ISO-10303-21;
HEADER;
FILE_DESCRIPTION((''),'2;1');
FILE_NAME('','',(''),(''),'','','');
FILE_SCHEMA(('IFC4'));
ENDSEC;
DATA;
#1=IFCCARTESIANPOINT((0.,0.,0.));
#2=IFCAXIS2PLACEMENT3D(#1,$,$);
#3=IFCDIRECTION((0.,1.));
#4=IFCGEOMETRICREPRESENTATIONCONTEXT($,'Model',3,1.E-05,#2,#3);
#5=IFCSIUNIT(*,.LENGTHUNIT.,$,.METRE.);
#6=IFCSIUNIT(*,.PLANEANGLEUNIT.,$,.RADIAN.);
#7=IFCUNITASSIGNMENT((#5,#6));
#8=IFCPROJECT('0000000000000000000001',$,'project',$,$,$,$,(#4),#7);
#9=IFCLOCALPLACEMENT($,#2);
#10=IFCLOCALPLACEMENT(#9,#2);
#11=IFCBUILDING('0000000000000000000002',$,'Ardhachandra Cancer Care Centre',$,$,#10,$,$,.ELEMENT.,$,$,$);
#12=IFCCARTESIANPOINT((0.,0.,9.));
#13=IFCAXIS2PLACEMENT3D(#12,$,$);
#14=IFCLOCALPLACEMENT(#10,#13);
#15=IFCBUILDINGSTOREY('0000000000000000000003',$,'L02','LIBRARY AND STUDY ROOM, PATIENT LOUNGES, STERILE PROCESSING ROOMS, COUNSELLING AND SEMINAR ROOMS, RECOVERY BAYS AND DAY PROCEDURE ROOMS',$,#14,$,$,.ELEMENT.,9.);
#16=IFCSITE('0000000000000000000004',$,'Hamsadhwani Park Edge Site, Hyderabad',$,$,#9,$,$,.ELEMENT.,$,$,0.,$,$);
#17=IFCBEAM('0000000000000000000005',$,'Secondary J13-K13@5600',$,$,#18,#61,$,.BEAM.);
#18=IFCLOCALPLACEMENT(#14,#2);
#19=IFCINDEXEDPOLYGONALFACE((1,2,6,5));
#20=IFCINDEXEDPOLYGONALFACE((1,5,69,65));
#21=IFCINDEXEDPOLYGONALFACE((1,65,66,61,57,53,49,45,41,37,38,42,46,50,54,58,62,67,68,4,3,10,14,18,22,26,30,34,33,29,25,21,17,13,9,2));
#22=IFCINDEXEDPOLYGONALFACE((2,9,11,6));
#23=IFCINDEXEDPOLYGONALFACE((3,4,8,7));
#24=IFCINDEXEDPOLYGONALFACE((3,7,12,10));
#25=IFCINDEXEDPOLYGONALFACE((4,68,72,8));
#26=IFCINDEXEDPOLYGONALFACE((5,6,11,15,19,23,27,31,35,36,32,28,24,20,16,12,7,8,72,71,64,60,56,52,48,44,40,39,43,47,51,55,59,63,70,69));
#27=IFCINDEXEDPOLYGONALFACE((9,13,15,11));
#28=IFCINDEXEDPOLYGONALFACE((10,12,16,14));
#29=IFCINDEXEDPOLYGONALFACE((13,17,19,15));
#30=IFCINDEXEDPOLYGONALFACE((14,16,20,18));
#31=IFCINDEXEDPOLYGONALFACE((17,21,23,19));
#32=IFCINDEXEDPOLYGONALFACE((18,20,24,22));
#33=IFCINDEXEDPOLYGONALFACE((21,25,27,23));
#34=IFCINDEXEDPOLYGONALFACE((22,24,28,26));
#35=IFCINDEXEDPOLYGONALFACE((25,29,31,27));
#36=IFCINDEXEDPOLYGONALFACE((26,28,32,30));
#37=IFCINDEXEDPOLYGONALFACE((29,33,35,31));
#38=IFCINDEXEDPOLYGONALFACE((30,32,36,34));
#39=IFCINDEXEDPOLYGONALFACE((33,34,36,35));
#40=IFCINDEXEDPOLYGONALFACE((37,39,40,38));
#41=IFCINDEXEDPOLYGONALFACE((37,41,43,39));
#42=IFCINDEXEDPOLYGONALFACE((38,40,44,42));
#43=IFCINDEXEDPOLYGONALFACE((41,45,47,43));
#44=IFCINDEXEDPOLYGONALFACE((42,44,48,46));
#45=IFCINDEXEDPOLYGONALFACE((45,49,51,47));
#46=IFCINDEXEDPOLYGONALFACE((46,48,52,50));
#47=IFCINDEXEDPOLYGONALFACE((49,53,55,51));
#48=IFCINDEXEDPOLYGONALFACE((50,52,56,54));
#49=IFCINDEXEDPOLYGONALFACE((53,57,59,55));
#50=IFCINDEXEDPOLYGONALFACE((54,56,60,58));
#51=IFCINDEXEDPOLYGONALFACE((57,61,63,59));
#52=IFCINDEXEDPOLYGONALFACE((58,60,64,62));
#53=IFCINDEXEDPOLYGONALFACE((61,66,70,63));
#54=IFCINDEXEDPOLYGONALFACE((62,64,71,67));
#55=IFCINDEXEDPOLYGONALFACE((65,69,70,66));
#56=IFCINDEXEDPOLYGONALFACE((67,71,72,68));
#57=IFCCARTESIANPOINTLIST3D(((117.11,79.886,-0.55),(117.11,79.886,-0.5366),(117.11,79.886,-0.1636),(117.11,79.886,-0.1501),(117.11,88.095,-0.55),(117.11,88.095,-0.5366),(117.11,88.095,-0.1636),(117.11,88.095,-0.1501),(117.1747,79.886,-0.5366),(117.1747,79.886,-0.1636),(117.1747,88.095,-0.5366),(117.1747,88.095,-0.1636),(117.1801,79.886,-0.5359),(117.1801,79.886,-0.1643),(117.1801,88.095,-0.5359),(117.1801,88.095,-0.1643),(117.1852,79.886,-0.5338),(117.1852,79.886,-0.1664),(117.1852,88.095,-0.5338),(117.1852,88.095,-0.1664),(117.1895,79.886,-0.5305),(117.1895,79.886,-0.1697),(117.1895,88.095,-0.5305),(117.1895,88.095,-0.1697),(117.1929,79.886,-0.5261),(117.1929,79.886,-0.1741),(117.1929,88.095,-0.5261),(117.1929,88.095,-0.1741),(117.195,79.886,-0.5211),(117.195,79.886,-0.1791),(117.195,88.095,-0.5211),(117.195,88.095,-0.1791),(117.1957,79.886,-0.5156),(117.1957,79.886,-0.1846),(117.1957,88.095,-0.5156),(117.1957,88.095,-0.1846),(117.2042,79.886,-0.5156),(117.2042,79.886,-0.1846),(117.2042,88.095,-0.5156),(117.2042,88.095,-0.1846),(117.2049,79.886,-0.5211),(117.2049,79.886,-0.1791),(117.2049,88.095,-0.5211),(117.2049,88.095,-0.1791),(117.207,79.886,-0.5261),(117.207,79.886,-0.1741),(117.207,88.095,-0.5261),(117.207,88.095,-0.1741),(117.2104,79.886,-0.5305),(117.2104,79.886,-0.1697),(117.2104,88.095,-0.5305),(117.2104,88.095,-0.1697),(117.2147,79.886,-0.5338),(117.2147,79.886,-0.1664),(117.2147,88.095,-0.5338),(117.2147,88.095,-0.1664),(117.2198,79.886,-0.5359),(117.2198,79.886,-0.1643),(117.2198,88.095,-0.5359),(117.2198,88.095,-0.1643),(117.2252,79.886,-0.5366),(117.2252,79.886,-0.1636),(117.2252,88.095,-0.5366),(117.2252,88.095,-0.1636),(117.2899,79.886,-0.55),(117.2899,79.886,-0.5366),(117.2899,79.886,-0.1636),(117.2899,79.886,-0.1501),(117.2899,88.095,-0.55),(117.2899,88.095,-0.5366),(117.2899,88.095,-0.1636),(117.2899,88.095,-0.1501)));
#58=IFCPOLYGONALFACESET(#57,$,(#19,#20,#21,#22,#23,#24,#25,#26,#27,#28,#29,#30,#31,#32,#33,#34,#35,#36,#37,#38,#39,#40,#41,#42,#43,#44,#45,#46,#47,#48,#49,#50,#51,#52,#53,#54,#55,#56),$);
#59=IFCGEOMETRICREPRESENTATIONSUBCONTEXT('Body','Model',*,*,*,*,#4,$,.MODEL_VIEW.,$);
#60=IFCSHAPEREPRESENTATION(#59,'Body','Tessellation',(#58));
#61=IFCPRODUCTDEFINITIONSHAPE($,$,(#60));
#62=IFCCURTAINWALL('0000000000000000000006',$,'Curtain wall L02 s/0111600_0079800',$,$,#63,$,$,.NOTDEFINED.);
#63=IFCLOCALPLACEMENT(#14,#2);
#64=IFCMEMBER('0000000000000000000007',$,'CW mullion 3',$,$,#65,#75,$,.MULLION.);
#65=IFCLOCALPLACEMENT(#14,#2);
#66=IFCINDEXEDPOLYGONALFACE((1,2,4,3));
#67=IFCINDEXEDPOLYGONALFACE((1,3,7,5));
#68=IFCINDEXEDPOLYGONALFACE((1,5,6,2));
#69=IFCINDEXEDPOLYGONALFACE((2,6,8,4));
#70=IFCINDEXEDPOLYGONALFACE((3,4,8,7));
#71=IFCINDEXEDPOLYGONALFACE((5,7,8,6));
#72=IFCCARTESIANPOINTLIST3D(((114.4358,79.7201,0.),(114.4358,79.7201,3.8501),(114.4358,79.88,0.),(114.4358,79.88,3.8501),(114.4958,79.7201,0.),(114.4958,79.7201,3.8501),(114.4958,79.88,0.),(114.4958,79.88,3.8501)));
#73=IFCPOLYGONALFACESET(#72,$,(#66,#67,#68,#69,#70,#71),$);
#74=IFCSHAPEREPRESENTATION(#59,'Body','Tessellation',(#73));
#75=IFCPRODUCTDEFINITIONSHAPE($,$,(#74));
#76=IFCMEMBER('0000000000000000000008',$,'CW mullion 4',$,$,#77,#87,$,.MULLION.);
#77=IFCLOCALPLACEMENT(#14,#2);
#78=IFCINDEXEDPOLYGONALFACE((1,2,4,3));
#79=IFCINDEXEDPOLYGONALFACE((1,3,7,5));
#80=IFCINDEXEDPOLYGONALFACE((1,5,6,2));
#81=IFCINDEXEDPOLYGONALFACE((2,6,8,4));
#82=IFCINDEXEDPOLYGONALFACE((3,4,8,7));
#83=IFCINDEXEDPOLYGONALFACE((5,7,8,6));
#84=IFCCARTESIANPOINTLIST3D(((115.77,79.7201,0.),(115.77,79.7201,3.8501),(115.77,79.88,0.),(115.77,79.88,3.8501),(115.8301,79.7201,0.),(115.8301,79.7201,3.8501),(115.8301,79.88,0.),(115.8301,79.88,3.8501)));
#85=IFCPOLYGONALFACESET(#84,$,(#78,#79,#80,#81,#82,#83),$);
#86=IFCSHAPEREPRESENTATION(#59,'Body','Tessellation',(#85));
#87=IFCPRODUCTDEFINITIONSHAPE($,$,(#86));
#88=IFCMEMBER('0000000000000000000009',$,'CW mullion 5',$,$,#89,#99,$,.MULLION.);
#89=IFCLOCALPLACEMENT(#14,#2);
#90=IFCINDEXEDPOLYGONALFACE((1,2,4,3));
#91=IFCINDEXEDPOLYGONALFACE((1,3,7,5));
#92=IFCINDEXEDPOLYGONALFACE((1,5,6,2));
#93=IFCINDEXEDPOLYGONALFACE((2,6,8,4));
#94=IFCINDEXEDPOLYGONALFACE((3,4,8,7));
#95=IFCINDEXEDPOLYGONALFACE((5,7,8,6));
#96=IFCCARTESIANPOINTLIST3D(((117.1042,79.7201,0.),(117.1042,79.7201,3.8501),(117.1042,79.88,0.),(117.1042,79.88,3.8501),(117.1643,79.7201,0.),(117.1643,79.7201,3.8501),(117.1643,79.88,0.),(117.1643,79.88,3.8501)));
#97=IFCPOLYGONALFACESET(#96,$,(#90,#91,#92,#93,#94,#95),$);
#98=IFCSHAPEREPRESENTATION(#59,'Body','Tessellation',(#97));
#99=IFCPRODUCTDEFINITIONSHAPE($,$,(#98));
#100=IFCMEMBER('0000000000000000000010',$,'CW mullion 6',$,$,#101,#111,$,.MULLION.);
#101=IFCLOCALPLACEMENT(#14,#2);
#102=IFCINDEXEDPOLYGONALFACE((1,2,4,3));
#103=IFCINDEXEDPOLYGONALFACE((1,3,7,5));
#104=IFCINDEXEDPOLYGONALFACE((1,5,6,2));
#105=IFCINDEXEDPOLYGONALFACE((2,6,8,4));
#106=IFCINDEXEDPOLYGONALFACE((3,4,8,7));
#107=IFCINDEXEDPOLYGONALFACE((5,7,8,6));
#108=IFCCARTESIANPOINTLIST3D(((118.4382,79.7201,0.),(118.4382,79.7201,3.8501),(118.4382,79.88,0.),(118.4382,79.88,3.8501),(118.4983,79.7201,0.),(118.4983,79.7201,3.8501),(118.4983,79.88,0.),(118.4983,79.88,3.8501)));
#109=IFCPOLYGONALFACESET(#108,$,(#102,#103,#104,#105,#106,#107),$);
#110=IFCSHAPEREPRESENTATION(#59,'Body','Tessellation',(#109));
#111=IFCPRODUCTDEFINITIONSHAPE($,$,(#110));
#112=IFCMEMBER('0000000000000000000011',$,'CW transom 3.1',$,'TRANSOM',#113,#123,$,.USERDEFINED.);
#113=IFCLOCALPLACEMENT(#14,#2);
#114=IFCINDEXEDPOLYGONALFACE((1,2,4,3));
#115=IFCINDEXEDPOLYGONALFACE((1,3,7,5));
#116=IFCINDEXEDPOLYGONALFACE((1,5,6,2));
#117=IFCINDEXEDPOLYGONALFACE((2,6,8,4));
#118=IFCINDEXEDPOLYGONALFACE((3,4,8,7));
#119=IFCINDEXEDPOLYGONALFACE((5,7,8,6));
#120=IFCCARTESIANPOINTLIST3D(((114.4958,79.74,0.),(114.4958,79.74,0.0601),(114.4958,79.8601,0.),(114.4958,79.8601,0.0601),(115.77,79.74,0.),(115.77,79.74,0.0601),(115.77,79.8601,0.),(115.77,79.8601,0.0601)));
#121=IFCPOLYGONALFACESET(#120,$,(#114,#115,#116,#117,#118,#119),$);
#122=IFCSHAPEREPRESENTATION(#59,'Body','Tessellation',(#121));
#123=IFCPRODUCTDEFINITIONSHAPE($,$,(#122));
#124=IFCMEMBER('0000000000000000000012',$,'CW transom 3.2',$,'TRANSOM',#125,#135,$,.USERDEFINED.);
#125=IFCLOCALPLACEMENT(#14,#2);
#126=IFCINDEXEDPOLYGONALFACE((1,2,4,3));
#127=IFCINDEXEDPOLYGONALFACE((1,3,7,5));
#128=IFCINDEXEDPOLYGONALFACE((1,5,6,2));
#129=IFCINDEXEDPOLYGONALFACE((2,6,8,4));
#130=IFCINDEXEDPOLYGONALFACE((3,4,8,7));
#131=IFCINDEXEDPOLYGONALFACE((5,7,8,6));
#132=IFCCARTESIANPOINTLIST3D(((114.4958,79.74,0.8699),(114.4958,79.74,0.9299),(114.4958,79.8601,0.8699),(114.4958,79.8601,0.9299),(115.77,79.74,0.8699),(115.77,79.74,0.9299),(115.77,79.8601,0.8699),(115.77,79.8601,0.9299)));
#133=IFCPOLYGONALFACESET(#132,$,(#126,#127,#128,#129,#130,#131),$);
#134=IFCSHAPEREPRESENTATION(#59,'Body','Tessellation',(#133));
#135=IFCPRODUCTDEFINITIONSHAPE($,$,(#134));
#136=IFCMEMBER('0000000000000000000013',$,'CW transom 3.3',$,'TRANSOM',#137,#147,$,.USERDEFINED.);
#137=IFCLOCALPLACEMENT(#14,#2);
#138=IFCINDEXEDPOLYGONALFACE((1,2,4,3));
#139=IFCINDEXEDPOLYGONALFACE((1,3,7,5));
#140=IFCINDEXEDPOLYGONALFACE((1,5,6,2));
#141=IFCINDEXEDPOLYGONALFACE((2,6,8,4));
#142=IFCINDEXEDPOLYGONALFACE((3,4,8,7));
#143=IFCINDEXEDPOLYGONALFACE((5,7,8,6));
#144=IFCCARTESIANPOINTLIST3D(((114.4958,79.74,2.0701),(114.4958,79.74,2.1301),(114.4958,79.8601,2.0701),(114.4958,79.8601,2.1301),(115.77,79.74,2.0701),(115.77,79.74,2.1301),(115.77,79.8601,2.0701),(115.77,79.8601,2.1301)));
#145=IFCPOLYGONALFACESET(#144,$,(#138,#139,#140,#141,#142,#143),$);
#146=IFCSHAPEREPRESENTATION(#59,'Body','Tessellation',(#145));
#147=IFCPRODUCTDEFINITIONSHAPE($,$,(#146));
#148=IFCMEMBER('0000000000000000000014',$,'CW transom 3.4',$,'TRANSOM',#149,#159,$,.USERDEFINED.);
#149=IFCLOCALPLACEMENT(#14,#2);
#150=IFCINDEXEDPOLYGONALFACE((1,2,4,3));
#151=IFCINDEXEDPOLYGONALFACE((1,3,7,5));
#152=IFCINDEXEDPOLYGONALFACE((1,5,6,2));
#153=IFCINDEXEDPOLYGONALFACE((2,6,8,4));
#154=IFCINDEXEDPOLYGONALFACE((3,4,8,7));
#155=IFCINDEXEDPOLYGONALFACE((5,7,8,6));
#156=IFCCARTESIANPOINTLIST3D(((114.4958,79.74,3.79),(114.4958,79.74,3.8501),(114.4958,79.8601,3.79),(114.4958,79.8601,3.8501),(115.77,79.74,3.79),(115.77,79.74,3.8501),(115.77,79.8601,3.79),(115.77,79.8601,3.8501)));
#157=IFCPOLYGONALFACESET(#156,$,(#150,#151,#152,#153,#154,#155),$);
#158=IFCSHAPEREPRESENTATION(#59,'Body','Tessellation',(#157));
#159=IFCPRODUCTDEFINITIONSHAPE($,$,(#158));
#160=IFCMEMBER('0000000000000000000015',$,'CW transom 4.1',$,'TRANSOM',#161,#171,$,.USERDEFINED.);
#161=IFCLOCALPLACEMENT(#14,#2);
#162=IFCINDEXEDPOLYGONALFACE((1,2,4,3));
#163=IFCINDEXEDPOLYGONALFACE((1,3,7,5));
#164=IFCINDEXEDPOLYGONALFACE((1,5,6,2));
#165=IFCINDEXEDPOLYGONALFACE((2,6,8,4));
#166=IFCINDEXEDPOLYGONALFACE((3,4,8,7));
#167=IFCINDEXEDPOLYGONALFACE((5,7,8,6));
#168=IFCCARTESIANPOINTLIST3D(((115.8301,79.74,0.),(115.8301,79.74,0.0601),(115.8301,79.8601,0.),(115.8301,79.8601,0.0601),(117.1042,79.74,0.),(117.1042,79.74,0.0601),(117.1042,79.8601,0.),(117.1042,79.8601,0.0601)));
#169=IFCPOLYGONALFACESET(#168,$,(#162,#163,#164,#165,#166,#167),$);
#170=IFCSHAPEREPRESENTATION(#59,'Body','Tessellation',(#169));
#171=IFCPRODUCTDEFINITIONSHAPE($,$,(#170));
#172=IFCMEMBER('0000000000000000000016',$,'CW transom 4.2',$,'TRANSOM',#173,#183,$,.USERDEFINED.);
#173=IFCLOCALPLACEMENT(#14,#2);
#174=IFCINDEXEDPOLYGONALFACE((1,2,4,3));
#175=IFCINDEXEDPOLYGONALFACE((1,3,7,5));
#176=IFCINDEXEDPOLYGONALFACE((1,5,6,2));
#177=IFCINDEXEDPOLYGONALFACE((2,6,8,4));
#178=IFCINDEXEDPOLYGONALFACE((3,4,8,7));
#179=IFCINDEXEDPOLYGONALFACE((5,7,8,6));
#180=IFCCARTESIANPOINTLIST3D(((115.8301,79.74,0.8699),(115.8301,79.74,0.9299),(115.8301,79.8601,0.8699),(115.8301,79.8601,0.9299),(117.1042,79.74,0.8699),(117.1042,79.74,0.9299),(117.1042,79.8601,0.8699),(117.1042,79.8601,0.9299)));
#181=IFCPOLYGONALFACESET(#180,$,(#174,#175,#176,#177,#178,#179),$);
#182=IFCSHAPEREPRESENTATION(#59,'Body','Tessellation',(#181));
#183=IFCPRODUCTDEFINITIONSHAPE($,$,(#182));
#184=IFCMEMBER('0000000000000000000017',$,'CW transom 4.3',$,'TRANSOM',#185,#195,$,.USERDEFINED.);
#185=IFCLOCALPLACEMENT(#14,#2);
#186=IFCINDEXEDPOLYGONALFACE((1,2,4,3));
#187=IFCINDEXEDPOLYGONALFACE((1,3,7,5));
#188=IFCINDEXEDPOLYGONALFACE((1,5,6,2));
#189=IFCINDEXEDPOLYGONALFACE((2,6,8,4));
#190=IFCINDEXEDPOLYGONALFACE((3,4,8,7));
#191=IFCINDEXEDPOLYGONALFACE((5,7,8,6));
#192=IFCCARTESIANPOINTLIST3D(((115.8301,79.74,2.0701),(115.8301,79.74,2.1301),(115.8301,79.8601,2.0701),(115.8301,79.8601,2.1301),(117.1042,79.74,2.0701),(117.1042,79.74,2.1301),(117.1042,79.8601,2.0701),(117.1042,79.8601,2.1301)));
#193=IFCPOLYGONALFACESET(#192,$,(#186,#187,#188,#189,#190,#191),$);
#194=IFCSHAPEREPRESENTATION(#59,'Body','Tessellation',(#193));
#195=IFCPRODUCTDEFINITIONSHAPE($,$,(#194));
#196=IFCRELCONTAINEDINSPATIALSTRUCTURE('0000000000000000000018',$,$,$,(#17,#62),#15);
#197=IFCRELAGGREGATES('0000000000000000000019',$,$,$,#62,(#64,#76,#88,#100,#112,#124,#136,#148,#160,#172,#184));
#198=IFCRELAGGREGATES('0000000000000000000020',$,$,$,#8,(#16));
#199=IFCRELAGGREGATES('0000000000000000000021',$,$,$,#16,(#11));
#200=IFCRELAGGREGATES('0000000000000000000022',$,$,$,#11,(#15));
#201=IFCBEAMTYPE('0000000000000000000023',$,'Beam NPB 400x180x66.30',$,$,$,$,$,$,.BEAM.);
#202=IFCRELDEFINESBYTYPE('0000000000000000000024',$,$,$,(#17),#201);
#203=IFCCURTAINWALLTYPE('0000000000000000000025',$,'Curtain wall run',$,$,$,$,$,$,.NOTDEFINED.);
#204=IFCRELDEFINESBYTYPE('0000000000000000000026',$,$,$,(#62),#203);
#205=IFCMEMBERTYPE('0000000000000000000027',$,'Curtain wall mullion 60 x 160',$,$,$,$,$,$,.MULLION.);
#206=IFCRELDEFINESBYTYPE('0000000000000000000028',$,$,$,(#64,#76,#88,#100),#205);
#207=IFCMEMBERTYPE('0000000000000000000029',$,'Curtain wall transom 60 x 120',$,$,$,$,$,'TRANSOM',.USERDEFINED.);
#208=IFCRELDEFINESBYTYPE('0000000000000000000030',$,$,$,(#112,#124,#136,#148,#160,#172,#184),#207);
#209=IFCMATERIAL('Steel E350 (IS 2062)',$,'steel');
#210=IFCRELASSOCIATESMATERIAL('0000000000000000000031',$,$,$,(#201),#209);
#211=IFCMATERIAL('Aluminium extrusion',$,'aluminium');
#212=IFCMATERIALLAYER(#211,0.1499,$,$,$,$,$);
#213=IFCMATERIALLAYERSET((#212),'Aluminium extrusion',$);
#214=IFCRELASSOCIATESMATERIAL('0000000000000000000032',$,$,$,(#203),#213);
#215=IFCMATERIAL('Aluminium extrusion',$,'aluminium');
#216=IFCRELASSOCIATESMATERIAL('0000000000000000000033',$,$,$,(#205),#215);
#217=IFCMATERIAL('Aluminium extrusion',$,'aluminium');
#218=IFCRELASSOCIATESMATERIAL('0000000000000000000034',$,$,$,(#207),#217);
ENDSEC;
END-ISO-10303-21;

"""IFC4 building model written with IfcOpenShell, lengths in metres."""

from ifc_helpers import new_model, si_unit, direction, frame, origin, origin_2d, place, context, subcontext, project, spatial, rectangle, i_section, extrude, material, layer, layer_set, material_profile, profile_set, type_object, element, aggregate, save


model = new_model("IFC4")

# Units and contexts
model_context = context("Model", 3, precision=1e-05, world=origin(), true_north=direction((0.0, 1.0)))
body_context = subcontext(model_context, "Body", "Model", "MODEL_VIEW")
ifc_project = project(units=[si_unit("LENGTHUNIT", "METRE"), si_unit("PLANEANGLEUNIT", "RADIAN")], contexts=[model_context])

# Site, building, storey
site_placement = place(None, origin())
site = spatial("IfcSite", under=ifc_project, at=site_placement, Name="Hamsadhwani Park Edge Site, Hyderabad", CompositionType="ELEMENT", RefElevation=0.0)
building_placement = place(site_placement, origin())
building = spatial("IfcBuilding", under=site, at=building_placement, Name="Ardhachandra Cancer Care Centre", CompositionType="ELEMENT")
storey_placement = place(building_placement, frame((0.0, 0.0, 9.0)))
storey = spatial("IfcBuildingStorey", under=building, at=storey_placement, Name="L02", Description="LIBRARY AND STUDY ROOM, PATIENT LOUNGES, STERILE PROCESSING ROOMS, COUNSELLING AND SEMINAR ROOMS, RECOVERY BAYS AND DAY PROCEDURE ROOMS", CompositionType="ELEMENT", Elevation=9.0)

# Beam
ifc_material_1 = material(Name="Steel E350 (IS 2062)", Category="steel")
ifc_material_profile_1 = material_profile(ifc_material_1, i_section(OverallWidth=0.1799, OverallDepth=0.3999, WebThickness=0.0085, FlangeThickness=0.0134, FilletRadius=0.021, at=origin_2d()), Name="NPB 400x180x66.30")
ifc_profile_set_1 = profile_set([ifc_material_profile_1], Name="Steel E350 (IS 2062)")
beam_type = type_object("IfcBeamType", Name="Beam NPB 400x180x66.30", PredefinedType="BEAM", material=ifc_profile_set_1)
beam_placement = place(storey_placement, frame((117.2, 79.886, -0.3501), z_axis=(0.0, 1.0, 0.0), x_axis=(-1.0, 0.0, 0.0)))
element("IfcBeam", 1, at=beam_placement, inside=storey, type_object=beam_type, Name="Secondary J13-K13@5600", PredefinedType="BEAM", context=body_context, shape_type="SweptSolid", body=[
    extrude(i_section(OverallWidth=0.1799, OverallDepth=0.3999, WebThickness=0.0085, FlangeThickness=0.0134, FilletRadius=0.021, at=origin_2d()), origin(), (0.0, 0.0, 1.0), 8.209),
])

# Curtain wall, members
ifc_material_2 = material(Name="Aluminium extrusion", Category="aluminium")
ifc_layer_1 = layer(ifc_material_2, 0.1499)
ifc_layer_set_1 = layer_set([ifc_layer_1], Name="Aluminium extrusion")
curtain_wall_type = type_object("IfcCurtainWallType", Name="Curtain wall run", PredefinedType="NOTDEFINED", material=ifc_layer_set_1)
curtain_wall_placement = place(storey_placement, origin())
curtain_wall = element("IfcCurtainWall", 2, at=curtain_wall_placement, inside=storey, type_object=curtain_wall_type, Name="Curtain wall L02 s/0111600_0079800", PredefinedType="NOTDEFINED")
ifc_material_3 = material(Name="Aluminium extrusion", Category="aluminium")
ifc_material_profile_2 = material_profile(ifc_material_3, rectangle(XDim=0.1599, YDim=0.0601, at=origin_2d()), Name="Curtain wall mullion 60 x 160")
ifc_profile_set_2 = profile_set([ifc_material_profile_2], Name="Aluminium extrusion")
member_type_1 = type_object("IfcMemberType", Name="Curtain wall mullion 60 x 160", PredefinedType="MULLION", material=ifc_profile_set_2)
member_1_placement = place(storey_placement, frame((114.4658, 79.8, 0.0), z_axis=(0.0, 0.0, 1.0), x_axis=(0.0, 1.0, 0.0)))
member_1 = element("IfcMember", 3, at=member_1_placement, type_object=member_type_1, Name="CW mullion 3", PredefinedType="MULLION", context=body_context, shape_type="SweptSolid", body=[
    extrude(rectangle(XDim=0.1599, YDim=0.0601, at=origin_2d()), origin(), (0.0, 0.0, 1.0), 3.8501),
])
member_2_placement = place(storey_placement, frame((115.8, 79.8, 0.0), z_axis=(0.0, 0.0, 1.0), x_axis=(0.0, 1.0, 0.0)))
member_2 = element("IfcMember", 4, at=member_2_placement, type_object=member_type_1, Name="CW mullion 4", PredefinedType="MULLION", context=body_context, shape_type="SweptSolid", body=[
    extrude(rectangle(XDim=0.1599, YDim=0.0601, at=origin_2d()), origin(), (0.0, 0.0, 1.0), 3.8501),
])
member_3_placement = place(storey_placement, frame((117.1343, 79.8, 0.0), z_axis=(0.0, 0.0, 1.0), x_axis=(0.0, 1.0, 0.0)))
member_3 = element("IfcMember", 5, at=member_3_placement, type_object=member_type_1, Name="CW mullion 5", PredefinedType="MULLION", context=body_context, shape_type="SweptSolid", body=[
    extrude(rectangle(XDim=0.1599, YDim=0.0601, at=origin_2d()), origin(), (0.0, 0.0, 1.0), 3.8501),
])
member_4_placement = place(storey_placement, frame((118.4683, 79.8, 0.0), z_axis=(0.0, 0.0, 1.0), x_axis=(0.0, 1.0, 0.0)))
member_4 = element("IfcMember", 6, at=member_4_placement, type_object=member_type_1, Name="CW mullion 6", PredefinedType="MULLION", context=body_context, shape_type="SweptSolid", body=[
    extrude(rectangle(XDim=0.1599, YDim=0.0601, at=origin_2d()), origin(), (0.0, 0.0, 1.0), 3.8501),
])
ifc_material_4 = material(Name="Aluminium extrusion", Category="aluminium")
ifc_material_profile_3 = material_profile(ifc_material_4, rectangle(XDim=0.1201, YDim=0.0601, at=origin_2d()), Name="Curtain wall transom 60 x 120")
ifc_profile_set_3 = profile_set([ifc_material_profile_3], Name="Aluminium extrusion")
member_type_2 = type_object("IfcMemberType", Name="Curtain wall transom 60 x 120", ElementType="TRANSOM", PredefinedType="USERDEFINED", material=ifc_profile_set_3)
member_5_placement = place(storey_placement, frame((114.4958, 79.8, 0.03), z_axis=(1.0, 0.0, 0.0), x_axis=(0.0, 1.0, 0.0)))
member_5 = element("IfcMember", 7, at=member_5_placement, type_object=member_type_2, Name="CW transom 3.1", ObjectType="TRANSOM", PredefinedType="USERDEFINED", context=body_context, shape_type="SweptSolid", body=[
    extrude(rectangle(XDim=0.1201, YDim=0.0601, at=origin_2d()), origin(), (0.0, 0.0, 1.0), 1.2742),
])
member_6_placement = place(storey_placement, frame((114.4958, 79.8, 0.8999), z_axis=(1.0, 0.0, 0.0), x_axis=(0.0, 1.0, 0.0)))
member_6 = element("IfcMember", 8, at=member_6_placement, type_object=member_type_2, Name="CW transom 3.2", ObjectType="TRANSOM", PredefinedType="USERDEFINED", context=body_context, shape_type="SweptSolid", body=[
    extrude(rectangle(XDim=0.1201, YDim=0.0601, at=origin_2d()), origin(), (0.0, 0.0, 1.0), 1.2742),
])
member_7_placement = place(storey_placement, frame((114.4958, 79.8, 2.1001), z_axis=(1.0, 0.0, 0.0), x_axis=(0.0, 1.0, 0.0)))
member_7 = element("IfcMember", 9, at=member_7_placement, type_object=member_type_2, Name="CW transom 3.3", ObjectType="TRANSOM", PredefinedType="USERDEFINED", context=body_context, shape_type="SweptSolid", body=[
    extrude(rectangle(XDim=0.1201, YDim=0.0601, at=origin_2d()), origin(), (0.0, 0.0, 1.0), 1.2742),
])
member_8_placement = place(storey_placement, frame((114.4958, 79.8, 3.8201), z_axis=(1.0, 0.0, 0.0), x_axis=(0.0, 1.0, 0.0)))
member_8 = element("IfcMember", 10, at=member_8_placement, type_object=member_type_2, Name="CW transom 3.4", ObjectType="TRANSOM", PredefinedType="USERDEFINED", context=body_context, shape_type="SweptSolid", body=[
    extrude(rectangle(XDim=0.1201, YDim=0.0601, at=origin_2d()), origin(), (0.0, 0.0, 1.0), 1.2742),
])
member_9_placement = place(storey_placement, frame((115.8301, 79.8, 0.03), z_axis=(1.0, 0.0, 0.0), x_axis=(0.0, 1.0, 0.0)))
member_9 = element("IfcMember", 11, at=member_9_placement, type_object=member_type_2, Name="CW transom 4.1", ObjectType="TRANSOM", PredefinedType="USERDEFINED", context=body_context, shape_type="SweptSolid", body=[
    extrude(rectangle(XDim=0.1201, YDim=0.0601, at=origin_2d()), origin(), (0.0, 0.0, 1.0), 1.2742),
])
member_10_placement = place(storey_placement, frame((115.8301, 79.8, 0.8999), z_axis=(1.0, 0.0, 0.0), x_axis=(0.0, 1.0, 0.0)))
member_10 = element("IfcMember", 12, at=member_10_placement, type_object=member_type_2, Name="CW transom 4.2", ObjectType="TRANSOM", PredefinedType="USERDEFINED", context=body_context, shape_type="SweptSolid", body=[
    extrude(rectangle(XDim=0.1201, YDim=0.0601, at=origin_2d()), origin(), (0.0, 0.0, 1.0), 1.2742),
])
member_11_placement = place(storey_placement, frame((115.8301, 79.8, 2.1001), z_axis=(1.0, 0.0, 0.0), x_axis=(0.0, 1.0, 0.0)))
member_11 = element("IfcMember", 13, at=member_11_placement, type_object=member_type_2, Name="CW transom 4.3", ObjectType="TRANSOM", PredefinedType="USERDEFINED", context=body_context, shape_type="SweptSolid", body=[
    extrude(rectangle(XDim=0.1201, YDim=0.0601, at=origin_2d()), origin(), (0.0, 0.0, 1.0), 1.2742),
])
aggregate(curtain_wall, [member_1, member_2, member_3, member_4, member_5, member_6, member_7, member_8, member_9, member_10, member_11])

save(model, "model.ifc")
